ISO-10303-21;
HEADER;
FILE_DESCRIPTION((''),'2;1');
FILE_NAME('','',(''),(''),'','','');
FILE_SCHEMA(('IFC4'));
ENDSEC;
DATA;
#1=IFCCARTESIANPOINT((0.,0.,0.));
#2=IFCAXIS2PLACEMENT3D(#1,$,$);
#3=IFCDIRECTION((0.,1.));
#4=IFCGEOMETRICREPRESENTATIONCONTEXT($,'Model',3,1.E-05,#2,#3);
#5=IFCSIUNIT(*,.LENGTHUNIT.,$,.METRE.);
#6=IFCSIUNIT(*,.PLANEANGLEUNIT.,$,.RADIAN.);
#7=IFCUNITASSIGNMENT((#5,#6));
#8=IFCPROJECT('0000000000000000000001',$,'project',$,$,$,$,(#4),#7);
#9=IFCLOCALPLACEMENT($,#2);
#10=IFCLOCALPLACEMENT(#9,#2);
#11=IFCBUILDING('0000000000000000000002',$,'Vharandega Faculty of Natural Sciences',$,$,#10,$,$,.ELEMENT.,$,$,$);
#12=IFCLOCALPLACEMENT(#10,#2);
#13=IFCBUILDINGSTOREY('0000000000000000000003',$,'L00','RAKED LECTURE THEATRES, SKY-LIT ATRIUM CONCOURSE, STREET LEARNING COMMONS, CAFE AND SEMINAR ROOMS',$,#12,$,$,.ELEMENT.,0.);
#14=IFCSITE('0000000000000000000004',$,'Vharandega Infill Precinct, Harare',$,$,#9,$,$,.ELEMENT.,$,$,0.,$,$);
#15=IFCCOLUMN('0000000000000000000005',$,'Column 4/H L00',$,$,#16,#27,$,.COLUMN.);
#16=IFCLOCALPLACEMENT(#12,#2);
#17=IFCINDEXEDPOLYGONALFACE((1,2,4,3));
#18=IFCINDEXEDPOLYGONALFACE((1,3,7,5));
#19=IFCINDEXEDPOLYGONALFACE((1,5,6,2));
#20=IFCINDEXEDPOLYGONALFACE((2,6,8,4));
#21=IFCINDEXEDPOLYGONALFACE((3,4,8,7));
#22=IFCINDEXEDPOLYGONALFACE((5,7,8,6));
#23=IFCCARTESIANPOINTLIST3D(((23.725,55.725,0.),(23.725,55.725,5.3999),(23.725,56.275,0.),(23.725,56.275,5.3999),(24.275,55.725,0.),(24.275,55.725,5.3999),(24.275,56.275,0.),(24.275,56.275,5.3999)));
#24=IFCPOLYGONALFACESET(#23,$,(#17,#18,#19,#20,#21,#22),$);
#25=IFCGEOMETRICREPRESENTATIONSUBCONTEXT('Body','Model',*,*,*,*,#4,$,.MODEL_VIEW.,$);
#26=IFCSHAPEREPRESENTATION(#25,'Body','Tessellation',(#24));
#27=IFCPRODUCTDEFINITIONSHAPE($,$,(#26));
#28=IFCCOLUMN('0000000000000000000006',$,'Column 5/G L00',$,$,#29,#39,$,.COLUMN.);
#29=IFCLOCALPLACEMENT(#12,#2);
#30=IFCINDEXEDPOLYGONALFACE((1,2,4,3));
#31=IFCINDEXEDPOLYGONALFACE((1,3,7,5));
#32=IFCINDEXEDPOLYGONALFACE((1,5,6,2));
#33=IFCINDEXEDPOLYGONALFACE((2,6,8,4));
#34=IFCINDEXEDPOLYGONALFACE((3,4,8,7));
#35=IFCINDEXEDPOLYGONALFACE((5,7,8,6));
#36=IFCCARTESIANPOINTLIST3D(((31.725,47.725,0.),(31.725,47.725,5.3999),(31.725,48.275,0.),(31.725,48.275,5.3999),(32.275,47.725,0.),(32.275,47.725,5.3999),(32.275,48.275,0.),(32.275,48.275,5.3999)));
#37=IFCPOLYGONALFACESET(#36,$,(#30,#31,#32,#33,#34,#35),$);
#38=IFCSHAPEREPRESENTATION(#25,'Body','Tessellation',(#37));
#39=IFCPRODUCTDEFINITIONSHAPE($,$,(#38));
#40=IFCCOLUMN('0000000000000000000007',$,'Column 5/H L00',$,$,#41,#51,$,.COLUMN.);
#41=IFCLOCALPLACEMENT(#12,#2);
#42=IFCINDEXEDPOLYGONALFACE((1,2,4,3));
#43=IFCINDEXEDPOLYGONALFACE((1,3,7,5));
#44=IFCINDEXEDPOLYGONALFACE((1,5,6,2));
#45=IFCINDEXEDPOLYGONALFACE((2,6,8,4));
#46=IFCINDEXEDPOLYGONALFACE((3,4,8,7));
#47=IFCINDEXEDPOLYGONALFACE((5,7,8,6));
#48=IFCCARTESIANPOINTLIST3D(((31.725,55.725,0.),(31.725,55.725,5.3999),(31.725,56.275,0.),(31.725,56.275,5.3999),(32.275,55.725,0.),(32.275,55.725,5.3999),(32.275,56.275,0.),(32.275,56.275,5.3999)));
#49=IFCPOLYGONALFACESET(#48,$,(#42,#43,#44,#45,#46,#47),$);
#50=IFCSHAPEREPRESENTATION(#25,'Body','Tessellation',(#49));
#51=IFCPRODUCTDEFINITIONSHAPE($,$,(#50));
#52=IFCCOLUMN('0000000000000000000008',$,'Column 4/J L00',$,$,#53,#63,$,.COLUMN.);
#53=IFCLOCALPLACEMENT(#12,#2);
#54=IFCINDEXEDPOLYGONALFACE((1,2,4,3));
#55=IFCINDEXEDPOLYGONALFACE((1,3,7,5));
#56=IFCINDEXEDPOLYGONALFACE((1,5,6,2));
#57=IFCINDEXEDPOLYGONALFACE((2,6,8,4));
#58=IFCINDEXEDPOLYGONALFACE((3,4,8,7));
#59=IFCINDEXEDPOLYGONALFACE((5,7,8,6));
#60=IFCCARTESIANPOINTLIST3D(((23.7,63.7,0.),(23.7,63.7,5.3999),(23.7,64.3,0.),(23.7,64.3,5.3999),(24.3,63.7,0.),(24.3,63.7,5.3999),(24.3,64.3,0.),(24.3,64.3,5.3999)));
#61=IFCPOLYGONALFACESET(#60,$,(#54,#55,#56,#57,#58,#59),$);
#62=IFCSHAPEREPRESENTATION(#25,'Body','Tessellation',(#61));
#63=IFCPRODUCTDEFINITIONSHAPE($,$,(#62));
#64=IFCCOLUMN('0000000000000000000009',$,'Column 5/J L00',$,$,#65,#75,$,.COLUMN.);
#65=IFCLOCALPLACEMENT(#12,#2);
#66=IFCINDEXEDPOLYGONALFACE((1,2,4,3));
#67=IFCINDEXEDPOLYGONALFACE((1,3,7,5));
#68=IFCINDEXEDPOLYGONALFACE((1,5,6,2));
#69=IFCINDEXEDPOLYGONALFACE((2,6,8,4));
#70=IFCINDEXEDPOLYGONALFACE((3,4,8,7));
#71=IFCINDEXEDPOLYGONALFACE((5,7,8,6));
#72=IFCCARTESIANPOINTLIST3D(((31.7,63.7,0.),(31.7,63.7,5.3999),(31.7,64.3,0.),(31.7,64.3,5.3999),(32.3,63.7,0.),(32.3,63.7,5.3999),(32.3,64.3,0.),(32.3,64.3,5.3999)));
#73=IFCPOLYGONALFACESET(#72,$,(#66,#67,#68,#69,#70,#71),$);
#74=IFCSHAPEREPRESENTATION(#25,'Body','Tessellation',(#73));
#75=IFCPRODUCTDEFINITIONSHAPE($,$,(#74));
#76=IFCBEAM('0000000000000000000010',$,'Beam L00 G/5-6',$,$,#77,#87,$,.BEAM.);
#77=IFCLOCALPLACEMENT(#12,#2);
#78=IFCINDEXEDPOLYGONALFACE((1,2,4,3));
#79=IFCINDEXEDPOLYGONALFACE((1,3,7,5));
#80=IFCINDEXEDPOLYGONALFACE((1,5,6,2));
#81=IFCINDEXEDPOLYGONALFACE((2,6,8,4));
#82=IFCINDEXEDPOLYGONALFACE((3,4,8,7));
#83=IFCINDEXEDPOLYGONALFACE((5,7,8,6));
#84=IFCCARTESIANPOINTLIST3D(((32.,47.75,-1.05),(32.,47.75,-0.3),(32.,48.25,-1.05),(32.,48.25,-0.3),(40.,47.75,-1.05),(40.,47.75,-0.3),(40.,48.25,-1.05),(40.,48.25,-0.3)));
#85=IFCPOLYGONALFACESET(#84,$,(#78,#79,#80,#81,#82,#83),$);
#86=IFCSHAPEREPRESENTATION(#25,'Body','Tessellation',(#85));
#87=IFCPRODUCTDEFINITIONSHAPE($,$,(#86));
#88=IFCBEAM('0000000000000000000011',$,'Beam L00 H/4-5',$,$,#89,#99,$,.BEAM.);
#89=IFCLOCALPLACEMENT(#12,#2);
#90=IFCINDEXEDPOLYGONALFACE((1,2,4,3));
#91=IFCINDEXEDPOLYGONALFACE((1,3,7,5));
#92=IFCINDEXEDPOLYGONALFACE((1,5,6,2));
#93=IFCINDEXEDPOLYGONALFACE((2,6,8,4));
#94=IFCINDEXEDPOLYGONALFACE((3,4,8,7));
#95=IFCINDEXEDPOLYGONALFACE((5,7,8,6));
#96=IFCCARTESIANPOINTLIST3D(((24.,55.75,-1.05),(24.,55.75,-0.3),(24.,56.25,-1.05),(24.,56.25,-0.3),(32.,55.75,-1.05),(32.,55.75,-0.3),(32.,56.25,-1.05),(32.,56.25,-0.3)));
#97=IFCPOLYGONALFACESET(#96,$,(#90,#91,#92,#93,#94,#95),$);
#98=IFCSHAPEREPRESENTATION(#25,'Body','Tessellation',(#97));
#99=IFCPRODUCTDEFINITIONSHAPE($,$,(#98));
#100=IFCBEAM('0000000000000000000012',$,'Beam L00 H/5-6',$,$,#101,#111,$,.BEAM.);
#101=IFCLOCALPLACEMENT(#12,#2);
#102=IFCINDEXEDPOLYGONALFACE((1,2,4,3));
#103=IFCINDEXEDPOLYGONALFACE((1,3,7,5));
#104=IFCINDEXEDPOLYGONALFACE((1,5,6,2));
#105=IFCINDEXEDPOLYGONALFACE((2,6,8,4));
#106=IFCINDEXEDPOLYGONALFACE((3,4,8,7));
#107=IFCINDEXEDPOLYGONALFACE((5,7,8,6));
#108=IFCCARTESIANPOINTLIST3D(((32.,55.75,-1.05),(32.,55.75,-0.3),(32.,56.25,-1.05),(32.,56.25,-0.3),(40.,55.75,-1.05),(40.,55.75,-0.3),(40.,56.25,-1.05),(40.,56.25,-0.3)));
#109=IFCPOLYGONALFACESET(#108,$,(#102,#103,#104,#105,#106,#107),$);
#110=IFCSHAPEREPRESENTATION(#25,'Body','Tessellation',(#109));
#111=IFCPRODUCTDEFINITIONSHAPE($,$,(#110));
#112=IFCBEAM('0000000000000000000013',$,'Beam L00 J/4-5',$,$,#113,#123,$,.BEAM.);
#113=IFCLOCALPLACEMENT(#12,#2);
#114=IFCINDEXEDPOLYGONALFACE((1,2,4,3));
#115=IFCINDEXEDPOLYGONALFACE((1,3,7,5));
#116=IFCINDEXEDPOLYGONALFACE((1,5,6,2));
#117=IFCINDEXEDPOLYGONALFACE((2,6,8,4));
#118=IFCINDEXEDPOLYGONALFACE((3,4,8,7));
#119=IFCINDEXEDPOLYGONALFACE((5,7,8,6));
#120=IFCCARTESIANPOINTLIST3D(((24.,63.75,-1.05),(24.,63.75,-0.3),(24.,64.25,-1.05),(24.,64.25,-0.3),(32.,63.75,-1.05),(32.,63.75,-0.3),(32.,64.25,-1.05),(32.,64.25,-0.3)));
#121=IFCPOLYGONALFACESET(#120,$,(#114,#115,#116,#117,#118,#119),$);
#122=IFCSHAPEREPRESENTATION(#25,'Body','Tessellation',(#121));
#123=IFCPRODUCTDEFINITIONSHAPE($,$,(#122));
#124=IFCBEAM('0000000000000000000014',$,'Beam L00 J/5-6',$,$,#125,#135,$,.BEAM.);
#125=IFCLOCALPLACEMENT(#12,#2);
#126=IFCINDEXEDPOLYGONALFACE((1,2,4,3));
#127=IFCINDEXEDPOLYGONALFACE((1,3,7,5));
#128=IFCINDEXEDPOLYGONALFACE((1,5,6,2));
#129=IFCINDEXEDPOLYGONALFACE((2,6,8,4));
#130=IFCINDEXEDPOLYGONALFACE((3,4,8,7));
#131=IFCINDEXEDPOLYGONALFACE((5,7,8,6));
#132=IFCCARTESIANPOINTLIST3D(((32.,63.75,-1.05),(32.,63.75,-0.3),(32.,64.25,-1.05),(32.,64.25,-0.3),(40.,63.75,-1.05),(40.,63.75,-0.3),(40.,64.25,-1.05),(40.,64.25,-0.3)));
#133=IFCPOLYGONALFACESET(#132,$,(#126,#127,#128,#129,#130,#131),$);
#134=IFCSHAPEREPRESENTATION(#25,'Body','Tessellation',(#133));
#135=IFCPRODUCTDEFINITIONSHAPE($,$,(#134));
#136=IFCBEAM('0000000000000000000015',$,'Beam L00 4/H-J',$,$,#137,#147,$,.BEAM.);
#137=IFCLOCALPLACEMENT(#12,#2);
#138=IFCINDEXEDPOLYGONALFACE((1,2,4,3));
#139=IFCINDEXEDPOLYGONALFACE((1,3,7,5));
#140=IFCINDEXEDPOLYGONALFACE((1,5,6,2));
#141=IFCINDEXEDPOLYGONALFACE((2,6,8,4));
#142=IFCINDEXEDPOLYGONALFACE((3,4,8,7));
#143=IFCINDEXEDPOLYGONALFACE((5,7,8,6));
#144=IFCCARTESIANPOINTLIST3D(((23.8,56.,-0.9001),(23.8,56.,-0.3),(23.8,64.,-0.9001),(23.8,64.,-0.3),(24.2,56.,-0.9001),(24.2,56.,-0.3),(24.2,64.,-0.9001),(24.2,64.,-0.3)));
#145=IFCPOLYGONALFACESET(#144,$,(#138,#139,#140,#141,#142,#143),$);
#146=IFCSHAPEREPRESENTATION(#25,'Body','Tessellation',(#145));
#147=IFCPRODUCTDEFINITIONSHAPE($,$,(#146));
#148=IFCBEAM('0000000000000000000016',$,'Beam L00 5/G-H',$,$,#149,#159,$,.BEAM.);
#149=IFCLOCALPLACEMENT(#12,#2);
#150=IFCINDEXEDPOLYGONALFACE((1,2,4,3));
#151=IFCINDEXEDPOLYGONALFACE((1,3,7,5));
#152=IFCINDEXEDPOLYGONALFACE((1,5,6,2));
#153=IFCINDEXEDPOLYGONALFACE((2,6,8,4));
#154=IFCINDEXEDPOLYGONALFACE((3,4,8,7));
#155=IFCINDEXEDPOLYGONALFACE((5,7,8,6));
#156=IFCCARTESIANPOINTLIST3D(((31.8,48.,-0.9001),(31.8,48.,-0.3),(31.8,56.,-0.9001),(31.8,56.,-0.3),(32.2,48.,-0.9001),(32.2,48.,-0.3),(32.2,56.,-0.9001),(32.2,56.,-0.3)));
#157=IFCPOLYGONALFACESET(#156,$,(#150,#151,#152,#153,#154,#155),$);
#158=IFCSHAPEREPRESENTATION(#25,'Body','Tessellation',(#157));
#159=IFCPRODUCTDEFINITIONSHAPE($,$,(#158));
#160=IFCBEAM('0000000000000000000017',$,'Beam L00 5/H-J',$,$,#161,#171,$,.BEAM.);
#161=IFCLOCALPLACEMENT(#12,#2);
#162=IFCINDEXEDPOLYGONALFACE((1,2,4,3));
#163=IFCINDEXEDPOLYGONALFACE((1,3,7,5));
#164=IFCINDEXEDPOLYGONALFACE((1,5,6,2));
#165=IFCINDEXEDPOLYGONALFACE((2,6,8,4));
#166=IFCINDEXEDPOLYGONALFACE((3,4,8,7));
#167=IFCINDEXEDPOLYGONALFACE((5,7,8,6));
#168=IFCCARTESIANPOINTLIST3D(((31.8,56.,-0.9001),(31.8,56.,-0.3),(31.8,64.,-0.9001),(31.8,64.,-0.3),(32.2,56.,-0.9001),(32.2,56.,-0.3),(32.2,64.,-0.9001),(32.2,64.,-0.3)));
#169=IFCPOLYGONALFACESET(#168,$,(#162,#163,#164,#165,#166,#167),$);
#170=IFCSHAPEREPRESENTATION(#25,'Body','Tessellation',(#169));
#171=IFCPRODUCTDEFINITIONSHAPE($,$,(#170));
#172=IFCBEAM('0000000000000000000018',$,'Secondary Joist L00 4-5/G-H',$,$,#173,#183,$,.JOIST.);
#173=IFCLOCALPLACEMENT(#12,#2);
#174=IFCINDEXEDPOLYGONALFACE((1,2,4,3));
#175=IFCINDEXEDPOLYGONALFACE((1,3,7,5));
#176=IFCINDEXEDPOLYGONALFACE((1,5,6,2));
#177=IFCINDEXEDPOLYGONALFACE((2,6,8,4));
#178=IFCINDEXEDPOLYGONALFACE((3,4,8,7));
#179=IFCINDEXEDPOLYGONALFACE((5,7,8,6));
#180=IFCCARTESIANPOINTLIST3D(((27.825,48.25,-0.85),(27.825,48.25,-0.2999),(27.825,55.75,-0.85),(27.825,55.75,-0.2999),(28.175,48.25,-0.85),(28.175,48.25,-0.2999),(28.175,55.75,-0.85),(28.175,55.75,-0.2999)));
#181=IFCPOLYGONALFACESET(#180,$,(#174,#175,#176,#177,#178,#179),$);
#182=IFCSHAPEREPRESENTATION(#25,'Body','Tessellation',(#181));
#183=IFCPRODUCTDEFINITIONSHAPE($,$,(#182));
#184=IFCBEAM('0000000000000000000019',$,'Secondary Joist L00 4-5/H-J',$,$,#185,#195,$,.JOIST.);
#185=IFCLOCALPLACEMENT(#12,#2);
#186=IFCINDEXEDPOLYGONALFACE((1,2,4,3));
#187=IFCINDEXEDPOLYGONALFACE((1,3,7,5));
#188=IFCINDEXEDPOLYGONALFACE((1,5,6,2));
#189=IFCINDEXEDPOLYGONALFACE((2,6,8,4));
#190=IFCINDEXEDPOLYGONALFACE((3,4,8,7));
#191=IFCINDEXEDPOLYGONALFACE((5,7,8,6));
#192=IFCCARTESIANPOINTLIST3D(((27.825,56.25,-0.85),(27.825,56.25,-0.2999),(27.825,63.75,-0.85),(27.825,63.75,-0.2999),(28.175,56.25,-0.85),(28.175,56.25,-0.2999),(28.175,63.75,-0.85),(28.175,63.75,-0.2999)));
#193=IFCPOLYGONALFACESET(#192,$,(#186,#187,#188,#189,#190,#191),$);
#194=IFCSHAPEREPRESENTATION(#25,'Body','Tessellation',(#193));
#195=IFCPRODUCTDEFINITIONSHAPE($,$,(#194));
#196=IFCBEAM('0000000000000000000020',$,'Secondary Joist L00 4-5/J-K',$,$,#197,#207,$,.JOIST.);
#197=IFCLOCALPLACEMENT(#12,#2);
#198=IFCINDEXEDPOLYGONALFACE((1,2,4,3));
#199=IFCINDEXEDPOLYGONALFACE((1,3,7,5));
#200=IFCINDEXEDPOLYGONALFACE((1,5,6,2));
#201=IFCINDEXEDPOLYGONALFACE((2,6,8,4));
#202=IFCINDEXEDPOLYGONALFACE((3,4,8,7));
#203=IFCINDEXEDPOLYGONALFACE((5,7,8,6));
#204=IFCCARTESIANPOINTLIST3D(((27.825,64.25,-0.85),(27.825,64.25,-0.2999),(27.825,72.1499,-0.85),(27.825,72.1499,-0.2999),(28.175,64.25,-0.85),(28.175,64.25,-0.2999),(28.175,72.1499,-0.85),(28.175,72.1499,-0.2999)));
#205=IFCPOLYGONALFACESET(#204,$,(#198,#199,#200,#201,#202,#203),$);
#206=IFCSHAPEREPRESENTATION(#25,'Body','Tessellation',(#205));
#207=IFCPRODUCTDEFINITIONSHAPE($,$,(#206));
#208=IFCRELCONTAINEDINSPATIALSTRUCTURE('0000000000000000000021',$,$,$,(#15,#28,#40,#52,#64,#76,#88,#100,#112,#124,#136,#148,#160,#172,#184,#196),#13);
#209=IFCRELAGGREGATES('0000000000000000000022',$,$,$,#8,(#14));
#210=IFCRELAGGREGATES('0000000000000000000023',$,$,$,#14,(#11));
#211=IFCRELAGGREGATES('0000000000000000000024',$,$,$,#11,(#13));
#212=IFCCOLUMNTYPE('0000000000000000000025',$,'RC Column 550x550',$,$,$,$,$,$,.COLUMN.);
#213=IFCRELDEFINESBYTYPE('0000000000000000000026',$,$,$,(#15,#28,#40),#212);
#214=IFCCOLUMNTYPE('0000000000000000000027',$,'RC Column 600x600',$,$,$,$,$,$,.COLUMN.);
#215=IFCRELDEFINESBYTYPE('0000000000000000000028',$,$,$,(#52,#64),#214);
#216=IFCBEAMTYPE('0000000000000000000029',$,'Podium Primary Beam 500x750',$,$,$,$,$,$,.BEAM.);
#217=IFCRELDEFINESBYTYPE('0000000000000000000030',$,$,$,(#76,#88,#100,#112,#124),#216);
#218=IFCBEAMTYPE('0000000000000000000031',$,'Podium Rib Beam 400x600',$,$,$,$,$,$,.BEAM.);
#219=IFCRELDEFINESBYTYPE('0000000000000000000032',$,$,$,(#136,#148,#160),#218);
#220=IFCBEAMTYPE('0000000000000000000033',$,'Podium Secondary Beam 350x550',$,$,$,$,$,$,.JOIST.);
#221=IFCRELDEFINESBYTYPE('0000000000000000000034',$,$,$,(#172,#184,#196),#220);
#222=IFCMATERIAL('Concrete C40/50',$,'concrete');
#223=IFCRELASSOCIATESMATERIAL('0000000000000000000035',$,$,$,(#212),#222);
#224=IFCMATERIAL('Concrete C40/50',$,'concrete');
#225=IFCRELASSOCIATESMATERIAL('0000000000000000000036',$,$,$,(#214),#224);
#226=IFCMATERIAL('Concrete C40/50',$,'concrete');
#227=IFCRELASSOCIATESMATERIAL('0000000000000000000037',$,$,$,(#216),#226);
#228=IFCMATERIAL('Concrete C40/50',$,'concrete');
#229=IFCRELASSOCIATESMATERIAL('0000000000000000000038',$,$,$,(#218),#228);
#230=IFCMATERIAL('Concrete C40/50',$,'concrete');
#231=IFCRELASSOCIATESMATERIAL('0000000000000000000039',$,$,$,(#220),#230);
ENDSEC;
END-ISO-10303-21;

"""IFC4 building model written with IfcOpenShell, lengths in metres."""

from ifc_helpers import new_model, si_unit, direction, frame, origin, origin_2d, place, context, subcontext, project, spatial, rectangle, extrude, material, material_profile, profile_set, type_object, element, save


model = new_model("IFC4")

# Units and contexts
model_context = context("Model", 3, precision=1e-05, world=origin(), true_north=direction((0.0, 1.0)))
body_context = subcontext(model_context, "Body", "Model", "MODEL_VIEW")
ifc_project = project(units=[si_unit("LENGTHUNIT", "METRE"), si_unit("PLANEANGLEUNIT", "RADIAN")], contexts=[model_context])

# Site, building, storey
site_placement = place(None, origin())
site = spatial("IfcSite", under=ifc_project, at=site_placement, Name="Vharandega Infill Precinct, Harare", CompositionType="ELEMENT", RefElevation=0.0)
building_placement = place(site_placement, origin())
building = spatial("IfcBuilding", under=site, at=building_placement, Name="Vharandega Faculty of Natural Sciences", CompositionType="ELEMENT")
storey_placement = place(building_placement, origin())
storey = spatial("IfcBuildingStorey", under=building, at=storey_placement, Name="L00", Description="RAKED LECTURE THEATRES, SKY-LIT ATRIUM CONCOURSE, STREET LEARNING COMMONS, CAFE AND SEMINAR ROOMS", CompositionType="ELEMENT", Elevation=0.0)

# Columns
ifc_material_1 = material(Name="Concrete C40/50", Category="concrete")
ifc_material_profile_1 = material_profile(ifc_material_1, rectangle(XDim=0.55, YDim=0.55, at=origin_2d()), Name="RC 550x550")
ifc_profile_set_1 = profile_set([ifc_material_profile_1], Name="Concrete C40/50")
column_type_1 = type_object("IfcColumnType", Name="RC Column 550x550", PredefinedType="COLUMN", material=ifc_profile_set_1)
for number, where, z_axis, x_axis, name in (
    (1, (24.0, 56.0, 0.0), (0.0, 0.0, 1.0), (1.0, 0.0, 0.0), "Column 4/H L00"),
    (2, (32.0, 48.0, 0.0), (0.0, 0.0, 1.0), (1.0, 0.0, 0.0), "Column 5/G L00"),
    (3, (32.0, 56.0, 0.0), (0.0, 0.0, 1.0), (1.0, 0.0, 0.0), "Column 5/H L00"),
):
    element("IfcColumn", number, at=place(storey_placement, frame(where, z_axis=z_axis, x_axis=x_axis)), inside=storey, type_object=column_type_1, Name=name, PredefinedType="COLUMN", context=body_context, shape_type="SweptSolid", body=[
        extrude(rectangle(XDim=0.55, YDim=0.55, at=origin_2d()), origin(), (0.0, 0.0, 1.0), 5.3999),
    ])
ifc_material_2 = material(Name="Concrete C40/50", Category="concrete")
ifc_material_profile_2 = material_profile(ifc_material_2, rectangle(XDim=0.6001, YDim=0.6001, at=origin_2d()), Name="RC 600x600")
ifc_profile_set_2 = profile_set([ifc_material_profile_2], Name="Concrete C40/50")
column_type_2 = type_object("IfcColumnType", Name="RC Column 600x600", PredefinedType="COLUMN", material=ifc_profile_set_2)
for number, where, z_axis, x_axis, name in (
    (4, (24.0, 64.0, 0.0), (0.0, 0.0, 1.0), (1.0, 0.0, 0.0), "Column 4/J L00"),
    (5, (32.0, 64.0, 0.0), (0.0, 0.0, 1.0), (1.0, 0.0, 0.0), "Column 5/J L00"),
):
    element("IfcColumn", number, at=place(storey_placement, frame(where, z_axis=z_axis, x_axis=x_axis)), inside=storey, type_object=column_type_2, Name=name, PredefinedType="COLUMN", context=body_context, shape_type="SweptSolid", body=[
        extrude(rectangle(XDim=0.6001, YDim=0.6001, at=origin_2d()), origin(), (0.0, 0.0, 1.0), 5.3999),
    ])

# Beams
ifc_material_3 = material(Name="Concrete C40/50", Category="concrete")
ifc_material_profile_3 = material_profile(ifc_material_3, rectangle(XDim=0.5, YDim=0.75, at=origin_2d()), Name="RC 500x750")
ifc_profile_set_3 = profile_set([ifc_material_profile_3], Name="Concrete C40/50")
beam_type_1 = type_object("IfcBeamType", Name="Podium Primary Beam 500x750", PredefinedType="BEAM", material=ifc_profile_set_3)
for number, where, z_axis, x_axis, name in (
    (6, (32.0, 48.0, -0.675), (1.0, 0.0, 0.0), (0.0, 1.0, 0.0), "Beam L00 G/5-6"),
    (7, (24.0, 56.0, -0.675), (1.0, 0.0, 0.0), (0.0, 1.0, 0.0), "Beam L00 H/4-5"),
    (8, (32.0, 56.0, -0.675), (1.0, 0.0, 0.0), (0.0, 1.0, 0.0), "Beam L00 H/5-6"),
    (9, (24.0, 64.0, -0.675), (1.0, 0.0, 0.0), (0.0, 1.0, 0.0), "Beam L00 J/4-5"),
    (10, (32.0, 64.0, -0.675), (1.0, 0.0, 0.0), (0.0, 1.0, 0.0), "Beam L00 J/5-6"),
):
    element("IfcBeam", number, at=place(storey_placement, frame(where, z_axis=z_axis, x_axis=x_axis)), inside=storey, type_object=beam_type_1, Name=name, PredefinedType="BEAM", context=body_context, shape_type="SweptSolid", body=[
        extrude(rectangle(XDim=0.5, YDim=0.75, at=origin_2d()), origin(), (0.0, 0.0, 1.0), 8.0),
    ])
ifc_material_4 = material(Name="Concrete C40/50", Category="concrete")
ifc_material_profile_4 = material_profile(ifc_material_4, rectangle(XDim=0.3999, YDim=0.6001, at=origin_2d()), Name="RC 400x600")
ifc_profile_set_4 = profile_set([ifc_material_profile_4], Name="Concrete C40/50")
beam_type_2 = type_object("IfcBeamType", Name="Podium Rib Beam 400x600", PredefinedType="BEAM", material=ifc_profile_set_4)
for number, where, z_axis, x_axis, name in (
    (11, (24.0, 56.0, -0.6001), (0.0, 1.0, 0.0), (-1.0, 0.0, 0.0), "Beam L00 4/H-J"),
    (12, (32.0, 48.0, -0.6001), (0.0, 1.0, 0.0), (-1.0, 0.0, 0.0), "Beam L00 5/G-H"),
    (13, (32.0, 56.0, -0.6001), (0.0, 1.0, 0.0), (-1.0, 0.0, 0.0), "Beam L00 5/H-J"),
):
    element("IfcBeam", number, at=place(storey_placement, frame(where, z_axis=z_axis, x_axis=x_axis)), inside=storey, type_object=beam_type_2, Name=name, PredefinedType="BEAM", context=body_context, shape_type="SweptSolid", body=[
        extrude(rectangle(XDim=0.3999, YDim=0.6001, at=origin_2d()), origin(), (0.0, 0.0, 1.0), 8.0),
    ])
ifc_material_5 = material(Name="Concrete C40/50", Category="concrete")
ifc_material_profile_5 = material_profile(ifc_material_5, rectangle(XDim=0.3501, YDim=0.55, at=origin_2d()), Name="RC 350x550")
ifc_profile_set_5 = profile_set([ifc_material_profile_5], Name="Concrete C40/50")
beam_type_3 = type_object("IfcBeamType", Name="Podium Secondary Beam 350x550", PredefinedType="JOIST", material=ifc_profile_set_5)
for number, where, z_axis, x_axis, name in (
    (14, (28.0, 48.25, -0.575), (0.0, 1.0, 0.0), (-1.0, 0.0, 0.0), "Secondary Joist L00 4-5/G-H"),
    (15, (28.0, 56.25, -0.575), (0.0, 1.0, 0.0), (-1.0, 0.0, 0.0), "Secondary Joist L00 4-5/H-J"),
):
    element("IfcBeam", number, at=place(storey_placement, frame(where, z_axis=z_axis, x_axis=x_axis)), inside=storey, type_object=beam_type_3, Name=name, PredefinedType="JOIST", context=body_context, shape_type="SweptSolid", body=[
        extrude(rectangle(XDim=0.3501, YDim=0.55, at=origin_2d()), origin(), (0.0, 0.0, 1.0), 7.5),
    ])
beam_placement = place(storey_placement, frame((28.0, 64.25, -0.575), z_axis=(0.0, 1.0, 0.0), x_axis=(-1.0, 0.0, 0.0)))
element("IfcBeam", 16, at=beam_placement, inside=storey, type_object=beam_type_3, Name="Secondary Joist L00 4-5/J-K", PredefinedType="JOIST", context=body_context, shape_type="SweptSolid", body=[
    extrude(rectangle(XDim=0.3501, YDim=0.55, at=origin_2d()), origin(), (0.0, 0.0, 1.0), 7.8999),
])

save(model, "model.ifc")
